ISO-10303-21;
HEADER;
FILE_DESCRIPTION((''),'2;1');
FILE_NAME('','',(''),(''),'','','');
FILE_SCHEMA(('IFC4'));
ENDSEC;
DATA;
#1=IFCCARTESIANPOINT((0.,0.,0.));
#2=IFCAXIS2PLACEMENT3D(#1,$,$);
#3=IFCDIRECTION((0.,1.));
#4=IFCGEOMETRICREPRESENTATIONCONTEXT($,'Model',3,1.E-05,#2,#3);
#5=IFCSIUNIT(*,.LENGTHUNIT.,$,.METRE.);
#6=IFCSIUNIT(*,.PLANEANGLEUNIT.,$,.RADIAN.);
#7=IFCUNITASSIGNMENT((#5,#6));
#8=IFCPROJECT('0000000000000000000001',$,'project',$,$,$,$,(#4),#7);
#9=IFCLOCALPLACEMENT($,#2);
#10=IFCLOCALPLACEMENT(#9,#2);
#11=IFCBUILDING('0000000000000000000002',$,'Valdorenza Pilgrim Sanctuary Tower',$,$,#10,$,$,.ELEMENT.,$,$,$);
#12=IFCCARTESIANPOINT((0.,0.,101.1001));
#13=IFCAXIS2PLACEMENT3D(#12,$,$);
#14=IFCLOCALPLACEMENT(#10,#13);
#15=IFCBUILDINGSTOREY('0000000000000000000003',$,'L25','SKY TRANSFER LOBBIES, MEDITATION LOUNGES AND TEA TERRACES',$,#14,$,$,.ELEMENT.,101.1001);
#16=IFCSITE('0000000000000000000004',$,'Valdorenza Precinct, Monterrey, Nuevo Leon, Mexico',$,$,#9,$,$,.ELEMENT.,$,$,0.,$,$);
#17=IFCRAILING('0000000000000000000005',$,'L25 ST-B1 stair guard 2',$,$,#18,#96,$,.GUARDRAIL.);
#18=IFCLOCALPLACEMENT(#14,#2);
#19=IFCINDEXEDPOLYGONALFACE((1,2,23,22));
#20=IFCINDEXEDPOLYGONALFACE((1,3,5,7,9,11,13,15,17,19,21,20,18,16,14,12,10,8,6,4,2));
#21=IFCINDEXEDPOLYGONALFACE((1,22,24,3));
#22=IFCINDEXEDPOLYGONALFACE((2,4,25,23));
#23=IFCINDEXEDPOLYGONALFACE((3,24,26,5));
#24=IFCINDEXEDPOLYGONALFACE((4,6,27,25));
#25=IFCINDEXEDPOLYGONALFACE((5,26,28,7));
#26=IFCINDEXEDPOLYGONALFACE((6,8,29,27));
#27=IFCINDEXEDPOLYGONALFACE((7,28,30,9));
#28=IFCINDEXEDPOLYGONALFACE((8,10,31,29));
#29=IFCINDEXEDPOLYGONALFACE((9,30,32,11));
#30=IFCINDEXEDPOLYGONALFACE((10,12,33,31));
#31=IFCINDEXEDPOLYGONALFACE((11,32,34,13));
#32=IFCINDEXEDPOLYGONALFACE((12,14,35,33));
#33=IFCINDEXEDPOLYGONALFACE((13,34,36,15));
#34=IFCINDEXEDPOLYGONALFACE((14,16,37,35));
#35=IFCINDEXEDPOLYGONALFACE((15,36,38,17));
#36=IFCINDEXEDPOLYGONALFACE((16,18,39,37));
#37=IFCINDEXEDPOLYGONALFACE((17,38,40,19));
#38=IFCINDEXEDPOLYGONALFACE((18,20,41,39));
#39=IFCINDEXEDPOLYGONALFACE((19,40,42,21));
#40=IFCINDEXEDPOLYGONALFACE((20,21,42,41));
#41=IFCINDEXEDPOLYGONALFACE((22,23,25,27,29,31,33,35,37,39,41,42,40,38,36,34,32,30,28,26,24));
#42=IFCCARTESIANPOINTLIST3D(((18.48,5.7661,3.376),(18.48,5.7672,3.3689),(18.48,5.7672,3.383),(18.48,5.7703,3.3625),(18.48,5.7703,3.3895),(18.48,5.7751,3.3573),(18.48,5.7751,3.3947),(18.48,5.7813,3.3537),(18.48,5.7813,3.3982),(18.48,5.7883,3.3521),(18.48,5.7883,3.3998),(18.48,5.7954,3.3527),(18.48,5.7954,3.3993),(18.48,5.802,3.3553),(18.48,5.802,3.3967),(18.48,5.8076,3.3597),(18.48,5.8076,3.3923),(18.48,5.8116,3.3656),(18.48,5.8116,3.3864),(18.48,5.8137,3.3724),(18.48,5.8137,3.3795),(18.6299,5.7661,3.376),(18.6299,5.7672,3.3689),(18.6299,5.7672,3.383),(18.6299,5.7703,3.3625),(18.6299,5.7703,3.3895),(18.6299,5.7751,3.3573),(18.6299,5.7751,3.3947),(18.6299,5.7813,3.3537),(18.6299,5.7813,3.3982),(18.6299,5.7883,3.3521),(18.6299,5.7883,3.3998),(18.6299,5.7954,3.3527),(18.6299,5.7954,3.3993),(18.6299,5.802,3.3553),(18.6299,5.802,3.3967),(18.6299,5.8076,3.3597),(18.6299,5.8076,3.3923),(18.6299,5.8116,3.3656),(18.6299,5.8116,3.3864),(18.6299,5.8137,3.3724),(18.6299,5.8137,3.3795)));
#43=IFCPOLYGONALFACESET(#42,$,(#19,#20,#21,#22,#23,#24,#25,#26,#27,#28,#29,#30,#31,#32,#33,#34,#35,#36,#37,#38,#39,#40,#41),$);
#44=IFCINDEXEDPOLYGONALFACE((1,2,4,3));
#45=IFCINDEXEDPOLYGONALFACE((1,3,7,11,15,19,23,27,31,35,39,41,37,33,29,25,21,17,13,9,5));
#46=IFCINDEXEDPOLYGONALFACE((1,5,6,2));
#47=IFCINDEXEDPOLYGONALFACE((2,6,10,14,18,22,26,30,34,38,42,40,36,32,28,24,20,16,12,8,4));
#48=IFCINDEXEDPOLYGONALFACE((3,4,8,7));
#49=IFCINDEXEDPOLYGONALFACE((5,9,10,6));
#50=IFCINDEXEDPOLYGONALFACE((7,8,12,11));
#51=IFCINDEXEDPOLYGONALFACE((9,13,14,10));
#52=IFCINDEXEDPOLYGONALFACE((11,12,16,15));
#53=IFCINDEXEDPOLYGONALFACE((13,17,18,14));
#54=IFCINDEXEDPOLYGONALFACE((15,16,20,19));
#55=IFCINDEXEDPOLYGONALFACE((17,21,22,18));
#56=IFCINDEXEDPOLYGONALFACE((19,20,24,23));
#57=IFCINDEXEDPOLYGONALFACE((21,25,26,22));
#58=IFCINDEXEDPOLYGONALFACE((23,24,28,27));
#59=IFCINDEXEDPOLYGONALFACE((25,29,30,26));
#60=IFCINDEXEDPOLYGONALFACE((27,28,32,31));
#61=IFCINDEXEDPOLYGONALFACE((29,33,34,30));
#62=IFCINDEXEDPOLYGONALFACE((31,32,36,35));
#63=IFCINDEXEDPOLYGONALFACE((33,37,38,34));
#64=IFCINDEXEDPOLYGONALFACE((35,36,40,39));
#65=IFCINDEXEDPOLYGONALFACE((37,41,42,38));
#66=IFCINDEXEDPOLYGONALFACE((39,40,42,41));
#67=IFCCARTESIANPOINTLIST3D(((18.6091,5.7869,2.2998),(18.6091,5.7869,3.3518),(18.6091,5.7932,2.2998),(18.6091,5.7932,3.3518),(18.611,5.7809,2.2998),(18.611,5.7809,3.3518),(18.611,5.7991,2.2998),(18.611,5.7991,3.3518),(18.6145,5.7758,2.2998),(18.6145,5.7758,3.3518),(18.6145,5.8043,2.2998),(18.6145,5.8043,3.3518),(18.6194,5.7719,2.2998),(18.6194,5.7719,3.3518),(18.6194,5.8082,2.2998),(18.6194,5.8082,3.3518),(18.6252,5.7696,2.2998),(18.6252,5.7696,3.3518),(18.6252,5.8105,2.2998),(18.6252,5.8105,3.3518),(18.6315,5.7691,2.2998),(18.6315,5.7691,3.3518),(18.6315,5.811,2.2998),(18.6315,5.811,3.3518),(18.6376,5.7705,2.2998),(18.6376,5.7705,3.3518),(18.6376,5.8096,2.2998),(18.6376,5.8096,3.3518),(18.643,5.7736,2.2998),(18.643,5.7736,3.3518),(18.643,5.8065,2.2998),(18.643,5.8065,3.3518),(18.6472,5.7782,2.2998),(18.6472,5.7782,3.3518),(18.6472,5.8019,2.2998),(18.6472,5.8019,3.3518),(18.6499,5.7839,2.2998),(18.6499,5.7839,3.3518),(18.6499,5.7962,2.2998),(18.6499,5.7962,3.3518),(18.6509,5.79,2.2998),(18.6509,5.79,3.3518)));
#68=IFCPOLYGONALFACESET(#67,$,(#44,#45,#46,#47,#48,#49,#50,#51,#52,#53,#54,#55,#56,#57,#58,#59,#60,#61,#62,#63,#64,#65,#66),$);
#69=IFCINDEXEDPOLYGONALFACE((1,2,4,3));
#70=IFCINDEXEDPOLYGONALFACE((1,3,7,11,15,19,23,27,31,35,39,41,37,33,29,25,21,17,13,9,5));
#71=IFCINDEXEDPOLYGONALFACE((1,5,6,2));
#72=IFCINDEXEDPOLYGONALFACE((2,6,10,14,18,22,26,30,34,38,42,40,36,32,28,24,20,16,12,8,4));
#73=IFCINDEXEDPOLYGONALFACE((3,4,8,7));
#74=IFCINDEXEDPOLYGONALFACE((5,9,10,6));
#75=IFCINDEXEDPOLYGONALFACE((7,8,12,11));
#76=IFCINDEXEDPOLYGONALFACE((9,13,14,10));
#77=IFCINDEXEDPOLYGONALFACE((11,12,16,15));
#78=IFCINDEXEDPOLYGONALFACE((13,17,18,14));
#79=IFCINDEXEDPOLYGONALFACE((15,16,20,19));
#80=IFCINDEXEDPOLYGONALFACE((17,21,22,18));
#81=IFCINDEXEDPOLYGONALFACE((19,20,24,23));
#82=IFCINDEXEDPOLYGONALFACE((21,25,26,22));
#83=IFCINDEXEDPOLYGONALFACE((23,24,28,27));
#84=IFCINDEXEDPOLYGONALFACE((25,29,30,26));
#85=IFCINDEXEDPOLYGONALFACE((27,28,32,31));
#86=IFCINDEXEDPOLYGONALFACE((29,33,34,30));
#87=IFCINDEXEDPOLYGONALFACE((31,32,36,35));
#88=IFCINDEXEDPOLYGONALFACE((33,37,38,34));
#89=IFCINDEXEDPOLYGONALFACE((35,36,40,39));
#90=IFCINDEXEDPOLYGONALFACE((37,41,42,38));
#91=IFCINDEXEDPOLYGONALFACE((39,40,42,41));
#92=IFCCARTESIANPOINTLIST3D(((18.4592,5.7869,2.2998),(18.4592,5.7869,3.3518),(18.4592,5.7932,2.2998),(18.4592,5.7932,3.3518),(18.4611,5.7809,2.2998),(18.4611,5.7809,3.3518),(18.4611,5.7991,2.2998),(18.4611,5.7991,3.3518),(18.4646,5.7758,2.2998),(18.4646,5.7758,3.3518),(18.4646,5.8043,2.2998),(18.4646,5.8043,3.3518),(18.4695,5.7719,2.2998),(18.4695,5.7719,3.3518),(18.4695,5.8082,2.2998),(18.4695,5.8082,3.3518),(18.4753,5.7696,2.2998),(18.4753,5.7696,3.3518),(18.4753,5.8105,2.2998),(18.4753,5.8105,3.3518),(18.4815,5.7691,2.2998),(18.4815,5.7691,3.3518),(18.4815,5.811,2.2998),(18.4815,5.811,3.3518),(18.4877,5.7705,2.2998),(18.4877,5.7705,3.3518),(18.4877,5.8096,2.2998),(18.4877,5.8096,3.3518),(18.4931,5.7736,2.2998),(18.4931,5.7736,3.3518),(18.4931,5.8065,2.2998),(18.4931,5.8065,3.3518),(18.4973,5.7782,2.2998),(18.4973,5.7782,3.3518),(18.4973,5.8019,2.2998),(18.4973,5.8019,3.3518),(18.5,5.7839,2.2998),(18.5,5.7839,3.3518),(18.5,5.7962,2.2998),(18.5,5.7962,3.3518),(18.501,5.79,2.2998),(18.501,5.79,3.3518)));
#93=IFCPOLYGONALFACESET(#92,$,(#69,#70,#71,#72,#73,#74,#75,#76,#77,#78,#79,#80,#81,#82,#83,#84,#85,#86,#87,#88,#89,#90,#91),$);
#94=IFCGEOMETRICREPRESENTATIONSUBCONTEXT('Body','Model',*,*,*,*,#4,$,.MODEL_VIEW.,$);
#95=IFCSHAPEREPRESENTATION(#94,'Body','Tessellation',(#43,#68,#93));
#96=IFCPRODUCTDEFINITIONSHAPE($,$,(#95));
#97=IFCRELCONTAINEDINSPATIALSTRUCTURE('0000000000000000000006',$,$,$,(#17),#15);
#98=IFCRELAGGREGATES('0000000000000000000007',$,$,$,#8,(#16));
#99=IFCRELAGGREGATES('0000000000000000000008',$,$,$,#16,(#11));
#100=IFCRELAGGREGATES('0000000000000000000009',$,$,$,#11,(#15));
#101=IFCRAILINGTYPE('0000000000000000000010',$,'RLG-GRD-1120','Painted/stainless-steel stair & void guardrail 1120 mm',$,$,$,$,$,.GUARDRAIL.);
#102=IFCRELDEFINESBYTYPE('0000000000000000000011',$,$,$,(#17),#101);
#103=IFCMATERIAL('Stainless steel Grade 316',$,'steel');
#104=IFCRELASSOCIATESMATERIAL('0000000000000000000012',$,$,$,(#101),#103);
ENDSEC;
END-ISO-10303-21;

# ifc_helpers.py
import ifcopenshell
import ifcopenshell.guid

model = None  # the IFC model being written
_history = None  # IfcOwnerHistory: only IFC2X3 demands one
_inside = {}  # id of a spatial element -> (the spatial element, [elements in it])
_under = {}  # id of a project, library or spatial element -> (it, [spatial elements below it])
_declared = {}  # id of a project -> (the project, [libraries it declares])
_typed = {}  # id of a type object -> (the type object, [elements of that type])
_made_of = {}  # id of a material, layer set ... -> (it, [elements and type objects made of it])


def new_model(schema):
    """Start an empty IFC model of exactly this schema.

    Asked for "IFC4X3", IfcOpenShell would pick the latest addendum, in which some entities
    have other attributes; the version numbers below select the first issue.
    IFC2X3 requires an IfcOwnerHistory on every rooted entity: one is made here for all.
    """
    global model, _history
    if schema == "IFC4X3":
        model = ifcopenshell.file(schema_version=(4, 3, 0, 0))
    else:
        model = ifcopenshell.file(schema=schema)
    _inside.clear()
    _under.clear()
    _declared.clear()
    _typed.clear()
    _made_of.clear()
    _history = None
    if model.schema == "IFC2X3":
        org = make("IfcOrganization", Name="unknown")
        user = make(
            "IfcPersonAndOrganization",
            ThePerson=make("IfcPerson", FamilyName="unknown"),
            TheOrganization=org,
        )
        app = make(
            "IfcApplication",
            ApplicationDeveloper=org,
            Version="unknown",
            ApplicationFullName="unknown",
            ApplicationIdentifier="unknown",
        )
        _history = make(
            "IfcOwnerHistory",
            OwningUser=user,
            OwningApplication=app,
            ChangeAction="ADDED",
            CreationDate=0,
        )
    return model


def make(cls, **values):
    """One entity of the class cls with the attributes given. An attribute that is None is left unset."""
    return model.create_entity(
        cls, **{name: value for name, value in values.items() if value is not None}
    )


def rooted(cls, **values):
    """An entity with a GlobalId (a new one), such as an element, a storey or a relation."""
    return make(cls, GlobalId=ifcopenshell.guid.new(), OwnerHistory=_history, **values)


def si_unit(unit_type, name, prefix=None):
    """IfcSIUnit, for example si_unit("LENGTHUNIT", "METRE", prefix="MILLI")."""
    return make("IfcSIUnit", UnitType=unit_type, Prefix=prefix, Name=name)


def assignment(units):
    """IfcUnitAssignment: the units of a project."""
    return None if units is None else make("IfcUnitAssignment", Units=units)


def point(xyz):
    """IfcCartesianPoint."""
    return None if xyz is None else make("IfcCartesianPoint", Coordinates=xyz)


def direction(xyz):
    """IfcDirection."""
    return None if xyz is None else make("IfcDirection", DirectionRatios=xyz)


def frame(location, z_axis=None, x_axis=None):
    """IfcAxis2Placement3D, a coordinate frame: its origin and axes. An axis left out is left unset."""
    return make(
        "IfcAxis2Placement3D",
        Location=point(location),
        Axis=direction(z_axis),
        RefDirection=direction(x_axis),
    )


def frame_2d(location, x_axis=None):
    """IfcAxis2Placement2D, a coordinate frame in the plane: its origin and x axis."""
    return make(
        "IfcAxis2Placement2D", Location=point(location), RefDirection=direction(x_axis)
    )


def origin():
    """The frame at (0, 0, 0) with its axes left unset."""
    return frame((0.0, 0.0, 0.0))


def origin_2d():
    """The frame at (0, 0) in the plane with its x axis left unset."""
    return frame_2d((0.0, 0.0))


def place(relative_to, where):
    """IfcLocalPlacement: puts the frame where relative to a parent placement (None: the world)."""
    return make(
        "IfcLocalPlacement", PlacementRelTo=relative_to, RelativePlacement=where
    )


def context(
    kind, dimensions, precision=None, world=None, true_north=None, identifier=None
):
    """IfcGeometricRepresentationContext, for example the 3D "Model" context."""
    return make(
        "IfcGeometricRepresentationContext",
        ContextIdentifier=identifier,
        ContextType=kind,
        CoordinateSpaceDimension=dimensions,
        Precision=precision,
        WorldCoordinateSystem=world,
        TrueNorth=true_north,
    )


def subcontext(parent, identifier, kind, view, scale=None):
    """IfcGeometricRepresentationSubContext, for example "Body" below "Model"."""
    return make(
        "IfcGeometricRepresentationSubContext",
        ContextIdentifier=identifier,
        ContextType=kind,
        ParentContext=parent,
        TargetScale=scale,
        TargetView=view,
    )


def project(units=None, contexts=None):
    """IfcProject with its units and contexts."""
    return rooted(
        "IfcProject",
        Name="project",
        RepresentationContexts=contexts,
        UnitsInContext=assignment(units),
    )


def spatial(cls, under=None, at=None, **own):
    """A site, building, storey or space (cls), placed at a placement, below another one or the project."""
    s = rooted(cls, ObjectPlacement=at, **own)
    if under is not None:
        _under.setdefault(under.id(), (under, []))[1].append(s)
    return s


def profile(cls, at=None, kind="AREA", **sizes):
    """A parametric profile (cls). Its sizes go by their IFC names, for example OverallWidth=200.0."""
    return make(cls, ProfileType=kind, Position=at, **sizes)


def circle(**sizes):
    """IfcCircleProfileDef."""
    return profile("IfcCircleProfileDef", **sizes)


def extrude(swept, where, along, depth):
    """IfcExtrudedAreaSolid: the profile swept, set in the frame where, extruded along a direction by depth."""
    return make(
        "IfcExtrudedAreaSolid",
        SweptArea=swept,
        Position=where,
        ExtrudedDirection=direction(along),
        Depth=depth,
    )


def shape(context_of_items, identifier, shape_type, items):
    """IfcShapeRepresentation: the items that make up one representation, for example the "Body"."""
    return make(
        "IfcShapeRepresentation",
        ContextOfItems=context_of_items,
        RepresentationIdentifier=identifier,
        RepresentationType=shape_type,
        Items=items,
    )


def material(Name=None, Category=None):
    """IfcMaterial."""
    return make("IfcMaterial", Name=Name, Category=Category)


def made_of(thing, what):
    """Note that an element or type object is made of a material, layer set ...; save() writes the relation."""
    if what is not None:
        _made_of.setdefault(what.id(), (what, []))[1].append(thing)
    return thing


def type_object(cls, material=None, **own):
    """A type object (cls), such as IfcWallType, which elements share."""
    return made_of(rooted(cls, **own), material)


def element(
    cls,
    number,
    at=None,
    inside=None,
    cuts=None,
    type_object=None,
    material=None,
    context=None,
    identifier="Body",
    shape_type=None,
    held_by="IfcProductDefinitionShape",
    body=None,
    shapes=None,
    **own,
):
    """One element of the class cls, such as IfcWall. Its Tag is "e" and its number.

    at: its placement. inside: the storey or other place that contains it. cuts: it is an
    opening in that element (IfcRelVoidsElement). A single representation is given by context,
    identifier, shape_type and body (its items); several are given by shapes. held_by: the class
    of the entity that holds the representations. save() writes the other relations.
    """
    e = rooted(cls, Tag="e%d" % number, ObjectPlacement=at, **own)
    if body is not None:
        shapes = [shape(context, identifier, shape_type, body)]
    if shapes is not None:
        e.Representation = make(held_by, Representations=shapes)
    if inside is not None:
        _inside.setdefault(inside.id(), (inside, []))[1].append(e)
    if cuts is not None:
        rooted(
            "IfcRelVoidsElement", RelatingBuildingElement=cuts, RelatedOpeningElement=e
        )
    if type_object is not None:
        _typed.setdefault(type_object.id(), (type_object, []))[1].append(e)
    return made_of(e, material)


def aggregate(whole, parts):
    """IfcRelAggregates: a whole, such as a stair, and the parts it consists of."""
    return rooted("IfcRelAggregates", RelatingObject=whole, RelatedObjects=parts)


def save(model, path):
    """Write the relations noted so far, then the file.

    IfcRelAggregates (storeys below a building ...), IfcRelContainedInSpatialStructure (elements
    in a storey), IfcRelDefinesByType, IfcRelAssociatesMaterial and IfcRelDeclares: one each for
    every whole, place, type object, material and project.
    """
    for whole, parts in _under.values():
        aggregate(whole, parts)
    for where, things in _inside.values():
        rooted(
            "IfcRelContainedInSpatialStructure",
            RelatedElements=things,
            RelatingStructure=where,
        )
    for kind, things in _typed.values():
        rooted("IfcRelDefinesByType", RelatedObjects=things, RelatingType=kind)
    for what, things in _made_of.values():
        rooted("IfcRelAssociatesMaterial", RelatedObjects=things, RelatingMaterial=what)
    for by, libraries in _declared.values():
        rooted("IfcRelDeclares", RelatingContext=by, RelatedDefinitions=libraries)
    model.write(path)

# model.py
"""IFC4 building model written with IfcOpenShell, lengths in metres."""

from ifc_helpers import new_model, si_unit, direction, frame, origin, origin_2d, place, context, subcontext, project, spatial, circle, extrude, material, type_object, element, save


model = new_model("IFC4")

# Units and contexts
model_context = context("Model", 3, precision=1e-05, world=origin(), true_north=direction((0.0, 1.0)))
body_context = subcontext(model_context, "Body", "Model", "MODEL_VIEW")
ifc_project = project(units=[si_unit("LENGTHUNIT", "METRE"), si_unit("PLANEANGLEUNIT", "RADIAN")], contexts=[model_context])

# Site, building, storey
site_placement = place(None, origin())
site = spatial("IfcSite", under=ifc_project, at=site_placement, Name="Valdorenza Precinct, Monterrey, Nuevo Leon, Mexico", CompositionType="ELEMENT", RefElevation=0.0)
building_placement = place(site_placement, origin())
building = spatial("IfcBuilding", under=site, at=building_placement, Name="Valdorenza Pilgrim Sanctuary Tower", CompositionType="ELEMENT")
storey_placement = place(building_placement, frame((0.0, 0.0, 101.1001)))
storey = spatial("IfcBuildingStorey", under=building, at=storey_placement, Name="L25", Description="SKY TRANSFER LOBBIES, MEDITATION LOUNGES AND TEA TERRACES", CompositionType="ELEMENT", Elevation=101.1001)

# Railing
ifc_material_1 = material(Name="Stainless steel Grade 316", Category="steel")
railing_type_1 = type_object("IfcRailingType", Name="RLG-GRD-1120", Description="Painted/stainless-steel stair & void guardrail 1120 mm", PredefinedType="GUARDRAIL", material=ifc_material_1)
railing_1_placement = place(storey_placement, frame((18.6299, 5.79, 2.2998)))
element("IfcRailing", 1, at=railing_1_placement, inside=storey, type_object=railing_type_1, Name="L25 ST-B1 stair guard 2", PredefinedType="GUARDRAIL", context=body_context, shape_type="SweptSolid", body=[
    extrude(circle(Radius=0.0239, at=origin_2d()), frame((0.0, 0.0, 1.0762), z_axis=(-1.0, 0.0, 0.0), x_axis=(0.0, -1.0, 0.0)), (0.0, 0.0, 1.0), 0.1499),
    extrude(circle(Radius=0.021, at=origin_2d()), origin(), (0.0, 0.0, 1.0), 1.052),
    extrude(circle(Radius=0.021, at=origin_2d()), frame((-0.1499, 0.0, 0.0)), (0.0, 0.0, 1.0), 1.052),
])

save(model, "model.ifc")
